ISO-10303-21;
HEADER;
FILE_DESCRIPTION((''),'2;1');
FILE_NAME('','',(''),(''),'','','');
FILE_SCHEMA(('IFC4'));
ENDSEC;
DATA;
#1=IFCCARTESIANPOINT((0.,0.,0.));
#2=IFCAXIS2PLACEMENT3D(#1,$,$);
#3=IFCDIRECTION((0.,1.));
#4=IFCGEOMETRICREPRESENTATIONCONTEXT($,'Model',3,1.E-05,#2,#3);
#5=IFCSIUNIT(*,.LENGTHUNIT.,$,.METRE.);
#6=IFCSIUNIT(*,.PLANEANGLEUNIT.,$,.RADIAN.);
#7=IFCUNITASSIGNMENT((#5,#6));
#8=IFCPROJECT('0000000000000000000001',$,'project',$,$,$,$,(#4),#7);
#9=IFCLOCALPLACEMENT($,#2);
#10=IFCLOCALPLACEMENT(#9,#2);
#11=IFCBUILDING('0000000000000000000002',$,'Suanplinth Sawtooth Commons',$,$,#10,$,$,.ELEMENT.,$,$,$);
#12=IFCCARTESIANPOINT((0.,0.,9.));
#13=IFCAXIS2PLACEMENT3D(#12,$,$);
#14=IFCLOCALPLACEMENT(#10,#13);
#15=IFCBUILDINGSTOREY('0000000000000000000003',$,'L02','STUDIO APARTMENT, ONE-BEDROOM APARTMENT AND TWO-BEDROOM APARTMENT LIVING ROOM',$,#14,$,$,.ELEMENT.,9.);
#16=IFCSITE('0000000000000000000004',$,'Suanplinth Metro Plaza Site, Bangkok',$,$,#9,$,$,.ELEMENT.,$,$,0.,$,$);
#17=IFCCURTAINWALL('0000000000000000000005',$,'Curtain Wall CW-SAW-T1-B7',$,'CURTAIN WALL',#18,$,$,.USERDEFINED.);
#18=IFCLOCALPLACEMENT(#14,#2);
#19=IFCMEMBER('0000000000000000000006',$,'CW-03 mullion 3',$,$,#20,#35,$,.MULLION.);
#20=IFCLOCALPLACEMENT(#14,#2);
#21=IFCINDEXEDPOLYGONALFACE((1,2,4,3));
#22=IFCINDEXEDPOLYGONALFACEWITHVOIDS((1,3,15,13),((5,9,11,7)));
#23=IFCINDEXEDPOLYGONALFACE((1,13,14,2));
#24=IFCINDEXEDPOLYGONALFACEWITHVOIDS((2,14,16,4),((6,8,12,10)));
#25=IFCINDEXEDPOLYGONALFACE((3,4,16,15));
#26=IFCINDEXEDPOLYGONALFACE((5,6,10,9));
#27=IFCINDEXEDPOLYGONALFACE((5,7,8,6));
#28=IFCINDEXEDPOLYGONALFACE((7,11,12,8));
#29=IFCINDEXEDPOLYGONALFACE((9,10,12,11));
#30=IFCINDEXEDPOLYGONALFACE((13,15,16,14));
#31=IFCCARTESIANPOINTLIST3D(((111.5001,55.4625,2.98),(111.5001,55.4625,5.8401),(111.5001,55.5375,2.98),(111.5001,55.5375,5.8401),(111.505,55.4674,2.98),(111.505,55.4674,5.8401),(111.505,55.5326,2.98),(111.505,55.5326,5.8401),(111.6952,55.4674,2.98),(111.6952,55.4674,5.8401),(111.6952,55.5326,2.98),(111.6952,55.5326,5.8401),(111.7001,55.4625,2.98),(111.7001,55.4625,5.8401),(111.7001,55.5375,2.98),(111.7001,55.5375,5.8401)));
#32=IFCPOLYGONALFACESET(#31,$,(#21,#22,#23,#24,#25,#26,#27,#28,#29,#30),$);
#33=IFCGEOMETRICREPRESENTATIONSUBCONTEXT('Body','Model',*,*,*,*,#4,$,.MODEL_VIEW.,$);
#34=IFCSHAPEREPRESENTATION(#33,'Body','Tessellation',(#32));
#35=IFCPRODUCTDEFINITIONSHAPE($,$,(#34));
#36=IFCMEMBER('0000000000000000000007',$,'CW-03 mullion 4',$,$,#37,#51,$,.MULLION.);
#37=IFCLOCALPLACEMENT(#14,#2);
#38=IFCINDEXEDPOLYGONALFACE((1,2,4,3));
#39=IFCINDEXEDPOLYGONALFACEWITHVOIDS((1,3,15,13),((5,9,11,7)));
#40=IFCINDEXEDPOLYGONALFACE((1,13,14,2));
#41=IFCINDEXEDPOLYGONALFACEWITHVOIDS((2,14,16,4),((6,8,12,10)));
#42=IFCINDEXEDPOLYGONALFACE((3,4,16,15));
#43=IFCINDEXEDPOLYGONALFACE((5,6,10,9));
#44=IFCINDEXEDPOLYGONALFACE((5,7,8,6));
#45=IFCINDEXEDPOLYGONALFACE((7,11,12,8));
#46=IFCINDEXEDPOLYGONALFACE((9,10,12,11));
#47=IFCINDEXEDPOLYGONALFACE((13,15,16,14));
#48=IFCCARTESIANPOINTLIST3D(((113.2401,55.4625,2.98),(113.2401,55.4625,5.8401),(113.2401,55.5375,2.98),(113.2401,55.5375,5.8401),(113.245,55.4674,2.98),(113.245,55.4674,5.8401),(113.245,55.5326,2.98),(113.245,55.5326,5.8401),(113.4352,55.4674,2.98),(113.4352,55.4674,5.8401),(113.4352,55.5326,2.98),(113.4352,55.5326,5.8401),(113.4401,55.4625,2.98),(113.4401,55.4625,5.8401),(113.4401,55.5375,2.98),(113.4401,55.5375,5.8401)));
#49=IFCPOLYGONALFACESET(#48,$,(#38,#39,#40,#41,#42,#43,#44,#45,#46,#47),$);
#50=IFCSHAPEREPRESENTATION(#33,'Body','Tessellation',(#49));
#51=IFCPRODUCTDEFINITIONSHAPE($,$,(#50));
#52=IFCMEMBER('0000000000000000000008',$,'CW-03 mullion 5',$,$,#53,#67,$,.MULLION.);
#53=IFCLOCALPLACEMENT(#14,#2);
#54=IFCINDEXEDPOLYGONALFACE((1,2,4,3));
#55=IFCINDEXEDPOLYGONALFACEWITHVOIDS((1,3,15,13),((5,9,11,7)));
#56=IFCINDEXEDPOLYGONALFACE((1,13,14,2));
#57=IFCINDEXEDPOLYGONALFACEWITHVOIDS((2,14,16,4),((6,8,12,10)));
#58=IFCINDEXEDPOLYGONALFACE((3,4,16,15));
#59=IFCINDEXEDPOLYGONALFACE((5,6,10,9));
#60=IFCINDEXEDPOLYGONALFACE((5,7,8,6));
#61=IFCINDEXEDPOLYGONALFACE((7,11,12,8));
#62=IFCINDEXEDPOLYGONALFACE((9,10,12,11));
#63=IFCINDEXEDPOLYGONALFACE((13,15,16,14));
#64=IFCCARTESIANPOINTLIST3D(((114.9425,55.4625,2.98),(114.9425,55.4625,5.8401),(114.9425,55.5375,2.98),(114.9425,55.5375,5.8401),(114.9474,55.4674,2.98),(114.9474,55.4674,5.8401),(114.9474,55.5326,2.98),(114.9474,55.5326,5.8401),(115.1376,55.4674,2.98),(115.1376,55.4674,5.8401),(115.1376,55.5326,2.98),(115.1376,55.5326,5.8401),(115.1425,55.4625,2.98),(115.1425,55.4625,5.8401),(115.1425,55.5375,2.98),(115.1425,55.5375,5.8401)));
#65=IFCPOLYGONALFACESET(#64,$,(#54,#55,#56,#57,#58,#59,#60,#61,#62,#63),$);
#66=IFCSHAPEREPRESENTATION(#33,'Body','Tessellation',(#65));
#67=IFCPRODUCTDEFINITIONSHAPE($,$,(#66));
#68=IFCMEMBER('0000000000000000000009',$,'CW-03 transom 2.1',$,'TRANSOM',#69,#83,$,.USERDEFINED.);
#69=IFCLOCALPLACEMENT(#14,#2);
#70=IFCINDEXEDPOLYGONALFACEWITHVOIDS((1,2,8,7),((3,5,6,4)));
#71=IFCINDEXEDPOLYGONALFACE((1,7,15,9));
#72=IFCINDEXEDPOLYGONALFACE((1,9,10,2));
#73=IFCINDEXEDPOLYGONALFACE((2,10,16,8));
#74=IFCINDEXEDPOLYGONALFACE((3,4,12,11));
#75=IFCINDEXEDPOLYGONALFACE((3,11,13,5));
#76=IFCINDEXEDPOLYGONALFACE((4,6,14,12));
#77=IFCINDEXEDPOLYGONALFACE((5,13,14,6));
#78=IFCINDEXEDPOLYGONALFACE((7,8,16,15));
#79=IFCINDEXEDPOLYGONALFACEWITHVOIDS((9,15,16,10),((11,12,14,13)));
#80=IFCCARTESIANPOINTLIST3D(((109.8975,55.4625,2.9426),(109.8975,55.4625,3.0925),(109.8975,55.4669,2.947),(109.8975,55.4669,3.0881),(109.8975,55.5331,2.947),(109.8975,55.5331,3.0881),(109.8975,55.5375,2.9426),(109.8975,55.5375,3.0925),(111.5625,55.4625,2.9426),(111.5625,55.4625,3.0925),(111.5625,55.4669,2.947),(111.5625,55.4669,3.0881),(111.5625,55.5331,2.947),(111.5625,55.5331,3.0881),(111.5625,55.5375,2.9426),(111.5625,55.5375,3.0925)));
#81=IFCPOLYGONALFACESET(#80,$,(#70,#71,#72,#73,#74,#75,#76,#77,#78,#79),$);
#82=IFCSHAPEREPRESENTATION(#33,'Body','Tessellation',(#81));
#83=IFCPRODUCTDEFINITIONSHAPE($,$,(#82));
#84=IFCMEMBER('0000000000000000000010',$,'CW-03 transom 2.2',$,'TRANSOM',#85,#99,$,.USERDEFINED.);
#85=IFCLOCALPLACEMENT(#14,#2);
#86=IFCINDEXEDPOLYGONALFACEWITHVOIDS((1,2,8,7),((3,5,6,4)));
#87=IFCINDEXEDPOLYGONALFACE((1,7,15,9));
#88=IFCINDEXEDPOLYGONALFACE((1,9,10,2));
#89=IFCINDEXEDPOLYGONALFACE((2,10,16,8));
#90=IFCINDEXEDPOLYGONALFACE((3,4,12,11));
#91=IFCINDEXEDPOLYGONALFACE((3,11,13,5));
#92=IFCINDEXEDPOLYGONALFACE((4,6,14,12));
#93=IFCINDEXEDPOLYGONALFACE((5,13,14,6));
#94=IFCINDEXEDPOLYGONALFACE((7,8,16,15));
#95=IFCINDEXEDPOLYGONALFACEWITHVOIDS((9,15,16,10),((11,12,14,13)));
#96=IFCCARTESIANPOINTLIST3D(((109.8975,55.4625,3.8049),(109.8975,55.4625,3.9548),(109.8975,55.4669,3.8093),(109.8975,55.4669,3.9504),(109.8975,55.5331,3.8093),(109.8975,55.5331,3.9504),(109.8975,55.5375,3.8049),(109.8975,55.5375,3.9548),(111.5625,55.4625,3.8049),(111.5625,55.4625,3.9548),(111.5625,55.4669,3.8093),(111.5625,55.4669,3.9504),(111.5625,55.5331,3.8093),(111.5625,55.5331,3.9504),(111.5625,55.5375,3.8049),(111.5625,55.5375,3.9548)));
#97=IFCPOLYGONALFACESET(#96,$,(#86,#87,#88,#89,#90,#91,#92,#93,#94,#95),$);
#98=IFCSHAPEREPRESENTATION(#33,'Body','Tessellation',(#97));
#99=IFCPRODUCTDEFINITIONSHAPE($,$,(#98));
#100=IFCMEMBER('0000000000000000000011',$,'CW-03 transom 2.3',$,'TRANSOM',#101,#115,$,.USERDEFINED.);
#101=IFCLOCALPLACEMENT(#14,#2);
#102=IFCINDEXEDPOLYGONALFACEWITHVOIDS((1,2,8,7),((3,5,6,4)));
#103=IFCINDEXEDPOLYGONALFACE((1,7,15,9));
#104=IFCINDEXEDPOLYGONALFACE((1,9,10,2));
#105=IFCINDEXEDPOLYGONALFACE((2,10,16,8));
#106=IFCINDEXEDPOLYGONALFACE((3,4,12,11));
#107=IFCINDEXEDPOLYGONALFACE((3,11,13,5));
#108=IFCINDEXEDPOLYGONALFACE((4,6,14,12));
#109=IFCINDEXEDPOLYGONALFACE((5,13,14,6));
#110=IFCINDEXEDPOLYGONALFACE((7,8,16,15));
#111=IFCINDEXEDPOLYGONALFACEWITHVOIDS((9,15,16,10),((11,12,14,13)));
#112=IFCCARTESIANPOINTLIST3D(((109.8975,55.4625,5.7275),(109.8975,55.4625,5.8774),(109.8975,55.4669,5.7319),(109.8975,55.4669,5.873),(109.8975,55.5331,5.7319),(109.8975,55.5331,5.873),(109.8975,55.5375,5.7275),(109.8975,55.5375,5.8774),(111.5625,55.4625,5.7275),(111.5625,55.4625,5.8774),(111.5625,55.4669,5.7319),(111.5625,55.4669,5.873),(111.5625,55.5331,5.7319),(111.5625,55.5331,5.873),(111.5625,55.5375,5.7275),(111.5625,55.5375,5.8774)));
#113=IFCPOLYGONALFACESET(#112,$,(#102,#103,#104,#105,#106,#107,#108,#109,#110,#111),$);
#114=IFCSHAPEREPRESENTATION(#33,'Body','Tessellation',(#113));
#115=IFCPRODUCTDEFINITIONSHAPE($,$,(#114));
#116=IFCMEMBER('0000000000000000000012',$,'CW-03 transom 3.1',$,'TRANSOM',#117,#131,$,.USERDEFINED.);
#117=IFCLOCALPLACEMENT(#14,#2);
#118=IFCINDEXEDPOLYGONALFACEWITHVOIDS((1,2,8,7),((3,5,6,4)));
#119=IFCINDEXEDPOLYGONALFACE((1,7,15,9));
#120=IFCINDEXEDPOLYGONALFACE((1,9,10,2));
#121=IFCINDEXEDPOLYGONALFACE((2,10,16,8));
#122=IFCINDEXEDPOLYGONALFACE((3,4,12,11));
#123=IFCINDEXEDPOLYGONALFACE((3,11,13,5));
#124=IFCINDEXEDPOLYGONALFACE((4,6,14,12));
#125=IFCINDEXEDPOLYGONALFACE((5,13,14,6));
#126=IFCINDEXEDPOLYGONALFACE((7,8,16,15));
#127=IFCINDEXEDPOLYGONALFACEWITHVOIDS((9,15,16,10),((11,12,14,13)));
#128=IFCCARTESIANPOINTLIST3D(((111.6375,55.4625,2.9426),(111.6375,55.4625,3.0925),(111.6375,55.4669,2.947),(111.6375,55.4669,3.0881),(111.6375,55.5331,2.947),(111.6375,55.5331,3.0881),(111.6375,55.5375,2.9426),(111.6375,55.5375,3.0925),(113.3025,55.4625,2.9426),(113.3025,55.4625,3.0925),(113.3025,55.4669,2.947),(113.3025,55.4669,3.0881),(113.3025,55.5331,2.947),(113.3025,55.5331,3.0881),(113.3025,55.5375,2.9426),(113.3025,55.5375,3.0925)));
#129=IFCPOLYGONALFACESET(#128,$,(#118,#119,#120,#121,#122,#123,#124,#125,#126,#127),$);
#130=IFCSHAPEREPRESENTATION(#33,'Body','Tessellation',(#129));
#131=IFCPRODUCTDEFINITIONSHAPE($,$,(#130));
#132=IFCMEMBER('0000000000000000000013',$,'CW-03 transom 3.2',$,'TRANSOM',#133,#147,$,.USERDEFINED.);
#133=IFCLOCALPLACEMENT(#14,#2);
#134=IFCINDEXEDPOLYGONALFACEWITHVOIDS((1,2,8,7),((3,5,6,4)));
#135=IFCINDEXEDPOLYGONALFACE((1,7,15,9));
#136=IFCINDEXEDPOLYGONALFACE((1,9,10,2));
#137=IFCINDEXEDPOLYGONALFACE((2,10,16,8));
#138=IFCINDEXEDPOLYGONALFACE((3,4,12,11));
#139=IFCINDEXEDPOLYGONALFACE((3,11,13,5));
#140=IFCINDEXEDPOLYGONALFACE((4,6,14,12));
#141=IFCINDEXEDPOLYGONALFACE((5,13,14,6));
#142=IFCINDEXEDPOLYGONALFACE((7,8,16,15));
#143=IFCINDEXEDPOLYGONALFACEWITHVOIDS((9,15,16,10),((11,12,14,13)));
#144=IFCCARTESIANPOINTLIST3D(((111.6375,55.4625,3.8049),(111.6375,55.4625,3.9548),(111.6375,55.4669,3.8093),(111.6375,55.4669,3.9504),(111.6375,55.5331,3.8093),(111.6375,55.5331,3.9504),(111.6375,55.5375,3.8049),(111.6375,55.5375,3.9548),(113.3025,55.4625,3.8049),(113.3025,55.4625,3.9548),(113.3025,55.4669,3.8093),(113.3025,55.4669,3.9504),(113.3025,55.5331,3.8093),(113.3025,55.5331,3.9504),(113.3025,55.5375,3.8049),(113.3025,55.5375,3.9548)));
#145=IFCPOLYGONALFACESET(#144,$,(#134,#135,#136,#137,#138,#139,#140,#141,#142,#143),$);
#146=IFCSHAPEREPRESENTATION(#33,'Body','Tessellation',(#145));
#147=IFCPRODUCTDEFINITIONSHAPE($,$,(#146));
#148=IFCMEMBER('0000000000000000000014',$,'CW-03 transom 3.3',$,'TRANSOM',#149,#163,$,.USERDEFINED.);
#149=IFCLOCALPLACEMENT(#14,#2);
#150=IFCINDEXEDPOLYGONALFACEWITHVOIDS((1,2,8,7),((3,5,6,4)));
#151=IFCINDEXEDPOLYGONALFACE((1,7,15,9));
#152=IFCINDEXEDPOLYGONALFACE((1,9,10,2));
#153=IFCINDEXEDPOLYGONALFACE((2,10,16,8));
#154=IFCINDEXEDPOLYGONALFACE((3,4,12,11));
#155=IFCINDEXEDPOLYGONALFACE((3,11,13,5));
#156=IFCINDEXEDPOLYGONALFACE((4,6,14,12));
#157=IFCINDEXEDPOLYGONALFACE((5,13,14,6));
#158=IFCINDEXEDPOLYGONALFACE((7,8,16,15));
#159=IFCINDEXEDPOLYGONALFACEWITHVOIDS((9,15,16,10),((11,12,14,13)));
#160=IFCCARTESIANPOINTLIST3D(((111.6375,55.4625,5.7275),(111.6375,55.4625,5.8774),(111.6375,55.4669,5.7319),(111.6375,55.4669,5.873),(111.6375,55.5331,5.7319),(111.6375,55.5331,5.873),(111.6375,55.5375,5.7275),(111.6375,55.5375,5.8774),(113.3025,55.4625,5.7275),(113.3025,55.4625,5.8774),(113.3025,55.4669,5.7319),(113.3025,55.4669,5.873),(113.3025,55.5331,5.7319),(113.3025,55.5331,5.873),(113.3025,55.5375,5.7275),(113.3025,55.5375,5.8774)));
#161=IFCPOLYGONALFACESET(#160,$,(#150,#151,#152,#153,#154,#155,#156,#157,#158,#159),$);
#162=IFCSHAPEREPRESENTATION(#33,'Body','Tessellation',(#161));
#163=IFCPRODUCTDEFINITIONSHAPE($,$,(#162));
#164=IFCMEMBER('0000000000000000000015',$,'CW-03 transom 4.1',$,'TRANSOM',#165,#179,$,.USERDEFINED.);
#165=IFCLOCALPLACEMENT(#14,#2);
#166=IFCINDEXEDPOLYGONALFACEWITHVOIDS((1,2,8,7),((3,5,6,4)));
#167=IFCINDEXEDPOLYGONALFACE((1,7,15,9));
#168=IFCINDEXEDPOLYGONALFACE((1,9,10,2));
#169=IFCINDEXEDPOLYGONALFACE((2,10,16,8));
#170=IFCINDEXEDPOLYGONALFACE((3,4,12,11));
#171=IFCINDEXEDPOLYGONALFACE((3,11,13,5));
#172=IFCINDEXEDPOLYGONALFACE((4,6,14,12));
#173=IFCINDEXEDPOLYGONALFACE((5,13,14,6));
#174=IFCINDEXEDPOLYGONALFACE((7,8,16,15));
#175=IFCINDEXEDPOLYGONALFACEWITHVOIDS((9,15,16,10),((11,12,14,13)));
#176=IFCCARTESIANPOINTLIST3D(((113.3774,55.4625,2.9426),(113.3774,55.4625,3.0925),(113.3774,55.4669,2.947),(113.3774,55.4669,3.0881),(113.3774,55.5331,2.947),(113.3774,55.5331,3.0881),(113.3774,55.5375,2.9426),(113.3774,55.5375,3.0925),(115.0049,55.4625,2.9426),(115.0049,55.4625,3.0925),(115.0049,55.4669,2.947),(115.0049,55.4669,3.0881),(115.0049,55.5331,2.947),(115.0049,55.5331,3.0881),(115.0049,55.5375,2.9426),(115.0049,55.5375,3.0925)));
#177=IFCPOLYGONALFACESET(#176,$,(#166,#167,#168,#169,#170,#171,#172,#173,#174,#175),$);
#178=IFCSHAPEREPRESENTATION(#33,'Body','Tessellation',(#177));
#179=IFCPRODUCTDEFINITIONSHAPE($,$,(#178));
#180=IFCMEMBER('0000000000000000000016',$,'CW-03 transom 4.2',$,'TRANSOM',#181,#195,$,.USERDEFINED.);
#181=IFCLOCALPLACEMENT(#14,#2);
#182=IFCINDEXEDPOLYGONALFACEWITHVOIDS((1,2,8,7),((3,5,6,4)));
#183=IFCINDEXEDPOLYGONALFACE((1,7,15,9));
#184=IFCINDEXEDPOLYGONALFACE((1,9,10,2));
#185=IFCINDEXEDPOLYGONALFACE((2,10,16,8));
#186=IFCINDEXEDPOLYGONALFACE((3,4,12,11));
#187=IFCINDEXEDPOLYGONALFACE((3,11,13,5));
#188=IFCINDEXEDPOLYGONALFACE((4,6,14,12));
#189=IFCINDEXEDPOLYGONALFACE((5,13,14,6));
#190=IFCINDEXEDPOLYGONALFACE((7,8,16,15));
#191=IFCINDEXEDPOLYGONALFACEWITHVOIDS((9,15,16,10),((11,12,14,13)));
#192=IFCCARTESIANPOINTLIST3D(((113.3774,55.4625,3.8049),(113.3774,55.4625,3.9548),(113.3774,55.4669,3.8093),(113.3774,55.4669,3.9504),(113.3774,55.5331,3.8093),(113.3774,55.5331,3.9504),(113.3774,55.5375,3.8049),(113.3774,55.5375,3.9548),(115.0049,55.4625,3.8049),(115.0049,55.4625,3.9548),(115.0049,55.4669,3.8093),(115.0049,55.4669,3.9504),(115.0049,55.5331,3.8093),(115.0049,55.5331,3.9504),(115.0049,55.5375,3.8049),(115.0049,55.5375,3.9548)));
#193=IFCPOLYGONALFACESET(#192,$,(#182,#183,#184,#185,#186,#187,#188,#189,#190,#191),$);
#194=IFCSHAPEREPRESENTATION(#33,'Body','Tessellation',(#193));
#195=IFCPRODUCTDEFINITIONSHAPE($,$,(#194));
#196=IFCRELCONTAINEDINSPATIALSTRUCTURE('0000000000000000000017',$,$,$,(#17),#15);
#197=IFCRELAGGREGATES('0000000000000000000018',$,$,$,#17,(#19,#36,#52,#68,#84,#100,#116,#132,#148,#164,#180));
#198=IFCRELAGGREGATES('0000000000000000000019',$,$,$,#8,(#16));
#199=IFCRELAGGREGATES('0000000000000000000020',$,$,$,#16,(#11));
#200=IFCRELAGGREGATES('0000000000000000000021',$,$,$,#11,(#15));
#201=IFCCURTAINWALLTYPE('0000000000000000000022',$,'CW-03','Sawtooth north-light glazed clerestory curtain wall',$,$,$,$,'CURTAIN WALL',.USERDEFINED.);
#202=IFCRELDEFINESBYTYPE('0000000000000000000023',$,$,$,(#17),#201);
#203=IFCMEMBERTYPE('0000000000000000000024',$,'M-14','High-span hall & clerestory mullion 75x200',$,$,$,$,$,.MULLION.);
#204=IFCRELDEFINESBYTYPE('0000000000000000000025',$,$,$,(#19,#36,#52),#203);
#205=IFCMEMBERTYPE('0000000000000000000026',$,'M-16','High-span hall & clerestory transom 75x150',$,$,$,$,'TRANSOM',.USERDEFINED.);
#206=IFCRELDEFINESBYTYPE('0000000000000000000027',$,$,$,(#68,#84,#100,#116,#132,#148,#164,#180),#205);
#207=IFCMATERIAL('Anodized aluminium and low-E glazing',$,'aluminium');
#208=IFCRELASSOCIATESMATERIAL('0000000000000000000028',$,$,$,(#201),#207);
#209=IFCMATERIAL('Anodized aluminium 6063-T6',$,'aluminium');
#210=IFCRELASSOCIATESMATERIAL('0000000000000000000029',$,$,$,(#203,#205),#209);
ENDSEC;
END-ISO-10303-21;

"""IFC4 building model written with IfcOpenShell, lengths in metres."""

from ifc_helpers import new_model, si_unit, direction, frame, origin, origin_2d, place, context, subcontext, project, spatial, hollow_rectangle, extrude, material, material_profile, profile_set, type_object, element, aggregate, save


model = new_model("IFC4")

# Units and contexts
model_context = context("Model", 3, precision=1e-05, world=origin(), true_north=direction((0.0, 1.0)))
body_context = subcontext(model_context, "Body", "Model", "MODEL_VIEW")
ifc_project = project(units=[si_unit("LENGTHUNIT", "METRE"), si_unit("PLANEANGLEUNIT", "RADIAN")], contexts=[model_context])

# Site, building, storey
site_placement = place(None, origin())
site = spatial("IfcSite", under=ifc_project, at=site_placement, Name="Suanplinth Metro Plaza Site, Bangkok", CompositionType="ELEMENT", RefElevation=0.0)
building_placement = place(site_placement, origin())
building = spatial("IfcBuilding", under=site, at=building_placement, Name="Suanplinth Sawtooth Commons", CompositionType="ELEMENT")
storey_placement = place(building_placement, frame((0.0, 0.0, 9.0)))
storey = spatial("IfcBuildingStorey", under=building, at=storey_placement, Name="L02", Description="STUDIO APARTMENT, ONE-BEDROOM APARTMENT AND TWO-BEDROOM APARTMENT LIVING ROOM", CompositionType="ELEMENT", Elevation=9.0)

# Curtain wall, members
ifc_material_1 = material(Name="Anodized aluminium and low-E glazing", Category="aluminium")
curtain_wall_type = type_object("IfcCurtainWallType", Name="CW-03", Description="Sawtooth north-light glazed clerestory curtain wall", ElementType="CURTAIN WALL", PredefinedType="USERDEFINED", material=ifc_material_1)
curtain_wall_placement = place(storey_placement, origin())
curtain_wall = element("IfcCurtainWall", 1, at=curtain_wall_placement, inside=storey, type_object=curtain_wall_type, Name="Curtain Wall CW-SAW-T1-B7", ObjectType="CURTAIN WALL", PredefinedType="USERDEFINED")
ifc_material_2 = material(Name="Anodized aluminium 6063-T6", Category="aluminium")
ifc_material_profile_1 = material_profile(ifc_material_2, hollow_rectangle(XDim=0.075, YDim=0.2, WallThickness=0.0049, at=origin_2d()), Name="ALU-MUL 75x200")
ifc_profile_set_1 = profile_set([ifc_material_profile_1], Name="Anodized aluminium 6063-T6")
member_type_1 = type_object("IfcMemberType", Name="M-14", Description="High-span hall & clerestory mullion 75x200", PredefinedType="MULLION", material=ifc_profile_set_1)
member_1_placement = place(storey_placement, frame((111.6001, 55.5, 2.98), z_axis=(0.0, 0.0, 1.0), x_axis=(0.0, 1.0, 0.0)))
member_1 = element("IfcMember", 2, at=member_1_placement, type_object=member_type_1, Name="CW-03 mullion 3", PredefinedType="MULLION", context=body_context, shape_type="SweptSolid", body=[
    extrude(hollow_rectangle(XDim=0.075, YDim=0.2, WallThickness=0.0049, at=origin_2d()), origin(), (0.0, 0.0, 1.0), 2.8601),
])
member_2_placement = place(storey_placement, frame((113.3401, 55.5, 2.98), z_axis=(0.0, 0.0, 1.0), x_axis=(0.0, 1.0, 0.0)))
member_2 = element("IfcMember", 3, at=member_2_placement, type_object=member_type_1, Name="CW-03 mullion 4", PredefinedType="MULLION", context=body_context, shape_type="SweptSolid", body=[
    extrude(hollow_rectangle(XDim=0.075, YDim=0.2, WallThickness=0.0049, at=origin_2d()), origin(), (0.0, 0.0, 1.0), 2.8601),
])
member_3_placement = place(storey_placement, frame((115.0425, 55.5, 2.98), z_axis=(0.0, 0.0, 1.0), x_axis=(0.0, 1.0, 0.0)))
member_3 = element("IfcMember", 4, at=member_3_placement, type_object=member_type_1, Name="CW-03 mullion 5", PredefinedType="MULLION", context=body_context, shape_type="SweptSolid", body=[
    extrude(hollow_rectangle(XDim=0.075, YDim=0.2, WallThickness=0.0049, at=origin_2d()), origin(), (0.0, 0.0, 1.0), 2.8601),
])
ifc_material_profile_2 = material_profile(ifc_material_2, hollow_rectangle(XDim=0.075, YDim=0.1499, WallThickness=0.0044, at=origin_2d()), Name="ALU-TRN 75x150")
ifc_profile_set_2 = profile_set([ifc_material_profile_2], Name="Anodized aluminium 6063-T6")
member_type_2 = type_object("IfcMemberType", Name="M-16", Description="High-span hall & clerestory transom 75x150", ElementType="TRANSOM", PredefinedType="USERDEFINED", material=ifc_profile_set_2)
member_4_placement = place(storey_placement, frame((109.8975, 55.5, 3.0176), z_axis=(1.0, 0.0, 0.0), x_axis=(0.0, 1.0, 0.0)))
member_4 = element("IfcMember", 5, at=member_4_placement, type_object=member_type_2, Name="CW-03 transom 2.1", ObjectType="TRANSOM", PredefinedType="USERDEFINED", context=body_context, shape_type="SweptSolid", body=[
    extrude(hollow_rectangle(XDim=0.075, YDim=0.1499, WallThickness=0.0044, at=origin_2d()), origin(), (0.0, 0.0, 1.0), 1.665),
])
member_5_placement = place(storey_placement, frame((109.8975, 55.5, 3.8799), z_axis=(1.0, 0.0, 0.0), x_axis=(0.0, 1.0, 0.0)))
member_5 = element("IfcMember", 6, at=member_5_placement, type_object=member_type_2, Name="CW-03 transom 2.2", ObjectType="TRANSOM", PredefinedType="USERDEFINED", context=body_context, shape_type="SweptSolid", body=[
    extrude(hollow_rectangle(XDim=0.075, YDim=0.1499, WallThickness=0.0044, at=origin_2d()), origin(), (0.0, 0.0, 1.0), 1.665),
])
member_6_placement = place(storey_placement, frame((109.8975, 55.5, 5.8025), z_axis=(1.0, 0.0, 0.0), x_axis=(0.0, 1.0, 0.0)))
member_6 = element("IfcMember", 7, at=member_6_placement, type_object=member_type_2, Name="CW-03 transom 2.3", ObjectType="TRANSOM", PredefinedType="USERDEFINED", context=body_context, shape_type="SweptSolid", body=[
    extrude(hollow_rectangle(XDim=0.075, YDim=0.1499, WallThickness=0.0044, at=origin_2d()), origin(), (0.0, 0.0, 1.0), 1.665),
])
member_7_placement = place(storey_placement, frame((111.6375, 55.5, 3.0176), z_axis=(1.0, 0.0, 0.0), x_axis=(0.0, 1.0, 0.0)))
member_7 = element("IfcMember", 8, at=member_7_placement, type_object=member_type_2, Name="CW-03 transom 3.1", ObjectType="TRANSOM", PredefinedType="USERDEFINED", context=body_context, shape_type="SweptSolid", body=[
    extrude(hollow_rectangle(XDim=0.075, YDim=0.1499, WallThickness=0.0044, at=origin_2d()), origin(), (0.0, 0.0, 1.0), 1.665),
])
member_8_placement = place(storey_placement, frame((111.6375, 55.5, 3.8799), z_axis=(1.0, 0.0, 0.0), x_axis=(0.0, 1.0, 0.0)))
member_8 = element("IfcMember", 9, at=member_8_placement, type_object=member_type_2, Name="CW-03 transom 3.2", ObjectType="TRANSOM", PredefinedType="USERDEFINED", context=body_context, shape_type="SweptSolid", body=[
    extrude(hollow_rectangle(XDim=0.075, YDim=0.1499, WallThickness=0.0044, at=origin_2d()), origin(), (0.0, 0.0, 1.0), 1.665),
])
member_9_placement = place(storey_placement, frame((111.6375, 55.5, 5.8025), z_axis=(1.0, 0.0, 0.0), x_axis=(0.0, 1.0, 0.0)))
member_9 = element("IfcMember", 10, at=member_9_placement, type_object=member_type_2, Name="CW-03 transom 3.3", ObjectType="TRANSOM", PredefinedType="USERDEFINED", context=body_context, shape_type="SweptSolid", body=[
    extrude(hollow_rectangle(XDim=0.075, YDim=0.1499, WallThickness=0.0044, at=origin_2d()), origin(), (0.0, 0.0, 1.0), 1.665),
])
member_10_placement = place(storey_placement, frame((113.3774, 55.5, 3.0176), z_axis=(1.0, 0.0, 0.0), x_axis=(0.0, 1.0, 0.0)))
member_10 = element("IfcMember", 11, at=member_10_placement, type_object=member_type_2, Name="CW-03 transom 4.1", ObjectType="TRANSOM", PredefinedType="USERDEFINED", context=body_context, shape_type="SweptSolid", body=[
    extrude(hollow_rectangle(XDim=0.075, YDim=0.1499, WallThickness=0.0044, at=origin_2d()), origin(), (0.0, 0.0, 1.0), 1.6274),
])
member_11_placement = place(storey_placement, frame((113.3774, 55.5, 3.8799), z_axis=(1.0, 0.0, 0.0), x_axis=(0.0, 1.0, 0.0)))
member_11 = element("IfcMember", 12, at=member_11_placement, type_object=member_type_2, Name="CW-03 transom 4.2", ObjectType="TRANSOM", PredefinedType="USERDEFINED", context=body_context, shape_type="SweptSolid", body=[
    extrude(hollow_rectangle(XDim=0.075, YDim=0.1499, WallThickness=0.0044, at=origin_2d()), origin(), (0.0, 0.0, 1.0), 1.6274),
])

aggregate(curtain_wall, [member_1, member_2, member_3, member_4, member_5, member_6, member_7, member_8, member_9, member_10, member_11])

save(model, "model.ifc")
